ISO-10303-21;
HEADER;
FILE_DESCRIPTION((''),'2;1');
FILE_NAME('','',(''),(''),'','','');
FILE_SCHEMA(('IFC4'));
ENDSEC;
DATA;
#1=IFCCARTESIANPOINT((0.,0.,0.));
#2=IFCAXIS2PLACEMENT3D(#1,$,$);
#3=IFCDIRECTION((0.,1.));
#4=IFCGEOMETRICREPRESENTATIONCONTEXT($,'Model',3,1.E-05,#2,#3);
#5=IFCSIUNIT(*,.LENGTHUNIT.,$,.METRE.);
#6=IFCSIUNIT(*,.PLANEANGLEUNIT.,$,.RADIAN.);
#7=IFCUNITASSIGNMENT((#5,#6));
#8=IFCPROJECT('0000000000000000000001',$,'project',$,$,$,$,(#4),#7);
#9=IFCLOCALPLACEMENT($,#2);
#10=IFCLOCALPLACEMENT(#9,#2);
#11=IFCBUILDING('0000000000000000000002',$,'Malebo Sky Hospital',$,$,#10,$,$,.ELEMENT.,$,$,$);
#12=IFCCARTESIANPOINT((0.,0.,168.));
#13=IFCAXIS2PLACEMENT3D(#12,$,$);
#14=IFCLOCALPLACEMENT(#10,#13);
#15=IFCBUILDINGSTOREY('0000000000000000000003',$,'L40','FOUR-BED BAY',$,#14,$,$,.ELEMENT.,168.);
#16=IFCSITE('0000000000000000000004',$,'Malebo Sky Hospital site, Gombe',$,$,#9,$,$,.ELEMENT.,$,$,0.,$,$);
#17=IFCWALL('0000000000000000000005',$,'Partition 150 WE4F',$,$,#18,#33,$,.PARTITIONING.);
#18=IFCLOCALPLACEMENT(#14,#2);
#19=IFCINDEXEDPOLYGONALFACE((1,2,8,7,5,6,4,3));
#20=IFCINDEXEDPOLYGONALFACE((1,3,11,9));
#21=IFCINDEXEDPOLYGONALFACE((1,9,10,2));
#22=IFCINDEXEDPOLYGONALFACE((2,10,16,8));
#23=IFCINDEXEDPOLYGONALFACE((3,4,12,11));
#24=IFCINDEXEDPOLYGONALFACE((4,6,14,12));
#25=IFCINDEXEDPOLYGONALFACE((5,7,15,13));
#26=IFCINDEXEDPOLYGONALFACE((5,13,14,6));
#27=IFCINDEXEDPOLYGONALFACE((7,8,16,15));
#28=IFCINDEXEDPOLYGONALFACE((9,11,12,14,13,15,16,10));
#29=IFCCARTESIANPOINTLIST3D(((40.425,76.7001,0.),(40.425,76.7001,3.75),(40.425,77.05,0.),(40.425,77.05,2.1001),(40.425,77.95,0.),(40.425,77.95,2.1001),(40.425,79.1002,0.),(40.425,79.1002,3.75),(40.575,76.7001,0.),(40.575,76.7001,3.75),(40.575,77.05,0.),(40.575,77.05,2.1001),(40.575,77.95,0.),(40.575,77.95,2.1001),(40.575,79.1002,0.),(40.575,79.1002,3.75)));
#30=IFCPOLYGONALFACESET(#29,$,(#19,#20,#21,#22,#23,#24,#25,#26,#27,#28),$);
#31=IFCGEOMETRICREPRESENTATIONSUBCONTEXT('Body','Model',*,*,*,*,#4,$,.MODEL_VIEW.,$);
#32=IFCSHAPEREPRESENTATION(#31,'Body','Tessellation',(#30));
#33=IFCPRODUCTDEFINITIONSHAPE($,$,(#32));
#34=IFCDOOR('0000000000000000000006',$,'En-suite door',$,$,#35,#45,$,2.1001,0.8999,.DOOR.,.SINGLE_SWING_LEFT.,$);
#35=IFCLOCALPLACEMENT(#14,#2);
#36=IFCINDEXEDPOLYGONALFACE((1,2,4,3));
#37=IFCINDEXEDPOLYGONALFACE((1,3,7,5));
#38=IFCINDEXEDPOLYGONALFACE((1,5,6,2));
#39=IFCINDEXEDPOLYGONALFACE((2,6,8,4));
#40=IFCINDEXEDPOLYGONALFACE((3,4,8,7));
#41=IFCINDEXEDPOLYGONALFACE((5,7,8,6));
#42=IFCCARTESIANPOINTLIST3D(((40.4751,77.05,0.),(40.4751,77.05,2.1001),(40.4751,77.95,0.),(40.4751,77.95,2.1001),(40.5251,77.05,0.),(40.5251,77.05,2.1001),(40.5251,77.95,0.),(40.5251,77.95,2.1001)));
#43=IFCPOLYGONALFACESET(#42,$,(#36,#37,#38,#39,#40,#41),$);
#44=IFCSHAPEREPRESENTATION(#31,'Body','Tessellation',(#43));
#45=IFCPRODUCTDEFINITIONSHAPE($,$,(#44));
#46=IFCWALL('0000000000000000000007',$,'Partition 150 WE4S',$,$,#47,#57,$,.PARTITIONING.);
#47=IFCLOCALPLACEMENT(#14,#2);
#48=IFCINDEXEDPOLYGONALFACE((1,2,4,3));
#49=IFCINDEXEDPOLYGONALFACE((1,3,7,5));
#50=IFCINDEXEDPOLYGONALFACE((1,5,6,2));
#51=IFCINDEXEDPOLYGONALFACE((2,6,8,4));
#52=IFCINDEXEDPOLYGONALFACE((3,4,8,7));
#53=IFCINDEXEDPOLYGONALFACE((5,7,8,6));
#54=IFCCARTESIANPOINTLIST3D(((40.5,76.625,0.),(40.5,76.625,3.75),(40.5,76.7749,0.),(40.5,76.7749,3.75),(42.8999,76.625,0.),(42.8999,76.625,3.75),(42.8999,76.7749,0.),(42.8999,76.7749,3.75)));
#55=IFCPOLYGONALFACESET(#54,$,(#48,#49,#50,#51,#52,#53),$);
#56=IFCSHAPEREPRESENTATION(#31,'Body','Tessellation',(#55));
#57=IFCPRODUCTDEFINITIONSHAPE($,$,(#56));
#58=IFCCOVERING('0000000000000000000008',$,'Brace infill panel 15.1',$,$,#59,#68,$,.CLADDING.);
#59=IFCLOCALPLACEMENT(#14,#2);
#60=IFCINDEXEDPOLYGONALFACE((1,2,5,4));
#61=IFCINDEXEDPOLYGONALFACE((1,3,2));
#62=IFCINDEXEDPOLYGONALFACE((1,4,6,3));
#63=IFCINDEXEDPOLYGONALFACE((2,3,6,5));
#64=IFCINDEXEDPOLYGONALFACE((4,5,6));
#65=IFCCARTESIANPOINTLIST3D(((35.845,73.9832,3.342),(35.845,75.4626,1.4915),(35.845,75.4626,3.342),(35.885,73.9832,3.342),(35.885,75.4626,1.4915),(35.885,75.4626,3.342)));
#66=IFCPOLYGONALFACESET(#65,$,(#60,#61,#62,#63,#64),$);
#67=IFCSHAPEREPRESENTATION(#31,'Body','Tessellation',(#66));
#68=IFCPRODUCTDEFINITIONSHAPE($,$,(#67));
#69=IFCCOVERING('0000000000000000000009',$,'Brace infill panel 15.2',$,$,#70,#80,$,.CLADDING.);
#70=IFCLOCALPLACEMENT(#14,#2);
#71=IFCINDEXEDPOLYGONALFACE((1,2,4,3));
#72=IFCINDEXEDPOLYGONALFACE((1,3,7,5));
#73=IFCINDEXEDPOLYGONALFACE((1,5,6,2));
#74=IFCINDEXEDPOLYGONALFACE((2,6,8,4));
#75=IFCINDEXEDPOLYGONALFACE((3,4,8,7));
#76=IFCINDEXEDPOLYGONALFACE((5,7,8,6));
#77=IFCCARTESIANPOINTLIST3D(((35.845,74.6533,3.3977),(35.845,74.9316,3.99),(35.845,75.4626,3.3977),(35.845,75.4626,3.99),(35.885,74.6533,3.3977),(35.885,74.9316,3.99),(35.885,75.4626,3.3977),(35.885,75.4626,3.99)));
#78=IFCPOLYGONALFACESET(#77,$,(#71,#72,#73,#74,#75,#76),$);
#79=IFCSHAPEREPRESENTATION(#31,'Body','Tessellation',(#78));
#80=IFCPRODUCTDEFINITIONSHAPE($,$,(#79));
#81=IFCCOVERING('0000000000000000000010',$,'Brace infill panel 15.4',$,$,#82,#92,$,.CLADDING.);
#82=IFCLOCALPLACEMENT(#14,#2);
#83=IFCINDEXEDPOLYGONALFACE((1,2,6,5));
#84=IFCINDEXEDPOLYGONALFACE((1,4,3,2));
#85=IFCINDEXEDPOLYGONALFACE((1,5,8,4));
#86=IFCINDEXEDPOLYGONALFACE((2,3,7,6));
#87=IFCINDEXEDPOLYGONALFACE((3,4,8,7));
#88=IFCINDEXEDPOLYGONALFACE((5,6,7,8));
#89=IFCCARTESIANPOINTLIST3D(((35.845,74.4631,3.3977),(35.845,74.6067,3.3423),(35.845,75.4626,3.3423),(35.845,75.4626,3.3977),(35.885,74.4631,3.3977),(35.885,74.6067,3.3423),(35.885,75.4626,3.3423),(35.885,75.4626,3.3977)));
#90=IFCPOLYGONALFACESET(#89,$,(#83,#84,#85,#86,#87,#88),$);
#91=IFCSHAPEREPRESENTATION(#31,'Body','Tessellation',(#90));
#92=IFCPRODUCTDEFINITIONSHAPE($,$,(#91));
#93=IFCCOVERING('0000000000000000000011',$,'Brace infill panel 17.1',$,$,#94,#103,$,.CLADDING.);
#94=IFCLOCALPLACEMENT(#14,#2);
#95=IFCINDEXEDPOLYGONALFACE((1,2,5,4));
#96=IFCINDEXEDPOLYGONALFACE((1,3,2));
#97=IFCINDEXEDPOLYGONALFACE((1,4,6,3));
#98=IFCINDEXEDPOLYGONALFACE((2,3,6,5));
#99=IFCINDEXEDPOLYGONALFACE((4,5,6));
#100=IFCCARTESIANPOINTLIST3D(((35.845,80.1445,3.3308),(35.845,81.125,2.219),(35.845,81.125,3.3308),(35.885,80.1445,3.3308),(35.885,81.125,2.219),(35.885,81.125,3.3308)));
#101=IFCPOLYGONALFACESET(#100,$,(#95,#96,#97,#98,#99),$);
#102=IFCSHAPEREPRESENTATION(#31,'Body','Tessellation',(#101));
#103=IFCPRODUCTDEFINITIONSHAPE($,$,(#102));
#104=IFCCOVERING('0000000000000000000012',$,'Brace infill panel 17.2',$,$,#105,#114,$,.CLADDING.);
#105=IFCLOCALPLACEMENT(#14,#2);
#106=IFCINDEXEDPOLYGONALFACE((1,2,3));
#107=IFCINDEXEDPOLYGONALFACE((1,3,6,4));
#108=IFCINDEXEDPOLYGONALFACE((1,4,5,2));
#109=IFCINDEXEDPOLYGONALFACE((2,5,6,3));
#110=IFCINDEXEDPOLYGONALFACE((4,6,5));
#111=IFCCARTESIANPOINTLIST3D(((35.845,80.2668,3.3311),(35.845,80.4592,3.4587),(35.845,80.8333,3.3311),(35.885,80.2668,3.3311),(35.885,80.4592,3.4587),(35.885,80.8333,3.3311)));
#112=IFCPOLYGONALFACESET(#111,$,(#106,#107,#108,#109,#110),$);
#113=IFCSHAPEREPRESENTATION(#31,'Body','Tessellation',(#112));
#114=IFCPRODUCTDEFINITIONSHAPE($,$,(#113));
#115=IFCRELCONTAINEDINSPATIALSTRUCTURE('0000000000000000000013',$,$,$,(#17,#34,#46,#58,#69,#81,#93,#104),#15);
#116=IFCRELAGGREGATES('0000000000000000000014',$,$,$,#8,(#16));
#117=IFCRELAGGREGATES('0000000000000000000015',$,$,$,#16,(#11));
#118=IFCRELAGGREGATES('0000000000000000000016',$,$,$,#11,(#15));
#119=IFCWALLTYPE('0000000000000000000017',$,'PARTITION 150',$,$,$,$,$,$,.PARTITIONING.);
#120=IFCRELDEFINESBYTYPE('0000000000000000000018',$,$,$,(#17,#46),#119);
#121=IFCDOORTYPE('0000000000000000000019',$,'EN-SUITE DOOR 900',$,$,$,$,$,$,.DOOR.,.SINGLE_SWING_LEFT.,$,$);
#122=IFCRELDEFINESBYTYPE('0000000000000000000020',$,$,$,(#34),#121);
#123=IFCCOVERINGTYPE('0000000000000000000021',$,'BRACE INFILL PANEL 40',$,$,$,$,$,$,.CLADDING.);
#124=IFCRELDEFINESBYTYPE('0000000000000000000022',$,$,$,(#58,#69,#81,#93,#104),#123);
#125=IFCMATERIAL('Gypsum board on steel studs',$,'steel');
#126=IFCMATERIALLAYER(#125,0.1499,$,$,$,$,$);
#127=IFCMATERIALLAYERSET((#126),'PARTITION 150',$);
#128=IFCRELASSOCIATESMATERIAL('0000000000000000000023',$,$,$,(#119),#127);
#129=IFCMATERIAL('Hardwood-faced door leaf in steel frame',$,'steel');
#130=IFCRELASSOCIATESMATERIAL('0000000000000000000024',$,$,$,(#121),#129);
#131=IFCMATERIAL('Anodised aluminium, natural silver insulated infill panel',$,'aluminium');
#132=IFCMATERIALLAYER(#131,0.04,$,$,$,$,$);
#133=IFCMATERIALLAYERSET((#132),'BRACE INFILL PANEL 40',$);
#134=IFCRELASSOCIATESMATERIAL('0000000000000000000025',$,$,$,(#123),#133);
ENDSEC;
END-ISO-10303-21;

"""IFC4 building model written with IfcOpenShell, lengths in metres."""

from ifc_helpers import new_model, si_unit, direction, frame, frame_2d, origin, place, context, subcontext, project, spatial, polyline, rectangle, outline, extrude, material, layer, layer_set, type_object, element, fill, save


model = new_model("IFC4")

# Units and contexts
model_context = context("Model", 3, precision=1e-05, world=origin(), true_north=direction((0.0, 1.0)))
body_context = subcontext(model_context, "Body", "Model", "MODEL_VIEW")
ifc_project = project(units=[si_unit("LENGTHUNIT", "METRE"), si_unit("PLANEANGLEUNIT", "RADIAN")], contexts=[model_context])

# Site, building, storey
site_placement = place(None, origin())
site = spatial("IfcSite", under=ifc_project, at=site_placement, Name="Malebo Sky Hospital site, Gombe", CompositionType="ELEMENT", RefElevation=0.0)
building_placement = place(site_placement, origin())
building = spatial("IfcBuilding", under=site, at=building_placement, Name="Malebo Sky Hospital", CompositionType="ELEMENT")
storey_placement = place(building_placement, frame((0.0, 0.0, 168.0)))
storey = spatial("IfcBuildingStorey", under=building, at=storey_placement, Name="L40", Description="FOUR-BED BAY", CompositionType="ELEMENT", Elevation=168.0)

# Shared definitions
ifc_material_1 = material(Name="Gypsum board on steel studs", Category="steel")
ifc_material_2 = material(Name="Hardwood-faced door leaf in steel frame", Category="steel")

# Wall, opening, door
ifc_layer_1 = layer(ifc_material_1, 0.1499)
ifc_layer_set_1 = layer_set([ifc_layer_1], Name="PARTITION 150")
wall_type_1 = type_object("IfcWallType", Name="PARTITION 150", PredefinedType="PARTITIONING", material=ifc_layer_set_1)
wall_1_placement = place(storey_placement, frame((40.5, 76.7, 0.0), z_axis=(0.0, 0.0, 1.0), x_axis=(0.0, 1.0, 0.0)))
wall_1 = element("IfcWall", 1, at=wall_1_placement, inside=storey, type_object=wall_type_1, Name="Partition 150 WE4F", PredefinedType="PARTITIONING", context=body_context, shape_type="SweptSolid", body=[
    extrude(rectangle(XDim=2.4001, YDim=0.1499, at=frame_2d((1.2002, 0.0))), origin(), (0.0, 0.0, 1.0), 3.75),
])
opening_1_placement = place(wall_1_placement, frame((0.3501, 0.0, 0.0)))
opening_1 = element("IfcOpeningElement", 2, at=opening_1_placement, cuts=wall_1, PredefinedType="OPENING", context=body_context, shape_type="SweptSolid", body=[
    extrude(rectangle(XDim=0.8999, YDim=2.1001, at=frame_2d((0.45, 1.05))), frame((0.0, 0.085, 0.0), z_axis=(0.0, -1.0, 0.0), x_axis=(1.0, 0.0, 0.0)), (0.0, 0.0, 1.0), 0.1699),
])
door_type_1 = type_object("IfcDoorType", Name="EN-SUITE DOOR 900", OperationType="SINGLE_SWING_LEFT", PredefinedType="DOOR", material=ifc_material_2)
door_1_placement = place(opening_1_placement, origin())
door_1 = element("IfcDoor", 3, at=door_1_placement, inside=storey, type_object=door_type_1, Name="En-suite door", OperationType="SINGLE_SWING_LEFT", OverallHeight=2.1001, OverallWidth=0.8999, PredefinedType="DOOR", context=body_context, shape_type="SweptSolid", body=[
    extrude(rectangle(XDim=0.8999, YDim=2.1001, at=frame_2d((0.45, 1.05))), frame((0.0, 0.0249, 0.0), z_axis=(0.0, -1.0, 0.0), x_axis=(1.0, 0.0, 0.0)), (0.0, 0.0, 1.0), 0.05),
])
fill(opening_1, door_1)

# Wall
wall_2_placement = place(storey_placement, frame((42.8999, 76.7, 0.0), z_axis=(0.0, 0.0, 1.0), x_axis=(-1.0, 0.0, 0.0)))
element("IfcWall", 4, at=wall_2_placement, inside=storey, type_object=wall_type_1, Name="Partition 150 WE4S", PredefinedType="PARTITIONING", context=body_context, shape_type="SweptSolid", body=[
    extrude(rectangle(XDim=2.3999, YDim=0.1499, at=frame_2d((1.2, 0.0))), origin(), (0.0, 0.0, 1.0), 3.75),
])

# Coverings
ifc_material_3 = material(Name="Anodised aluminium, natural silver insulated infill panel", Category="aluminium")
ifc_layer_2 = layer(ifc_material_3, 0.04)
ifc_layer_set_2 = layer_set([ifc_layer_2], Name="BRACE INFILL PANEL 40")
covering_type = type_object("IfcCoveringType", Name="BRACE INFILL PANEL 40", PredefinedType="CLADDING", material=ifc_layer_set_2)
covering_1_placement = place(storey_placement, frame((35.865, 74.7229, 1.4915), z_axis=(0.0, 0.0, 1.0), x_axis=(0.0, 1.0, 0.0)))
element("IfcCovering", 5, at=covering_1_placement, inside=storey, type_object=covering_type, Name="Brace infill panel 15.1", PredefinedType="CLADDING", context=body_context, shape_type="SweptSolid", body=[
    extrude(outline(polyline([(0.7397, 0.0), (0.7397, 1.8506), (-0.7397, 1.8506), (0.7397, 0.0)])), frame((0.0, 0.02, 0.0), z_axis=(0.0, -1.0, 0.0), x_axis=(1.0, 0.0, 0.0)), (0.0, 0.0, 1.0), 0.04),
])
covering_2_placement = place(storey_placement, frame((35.865, 75.0579, 3.3977), z_axis=(0.0, 0.0, 1.0), x_axis=(0.0, 1.0, 0.0)))
element("IfcCovering", 6, at=covering_2_placement, inside=storey, type_object=covering_type, Name="Brace infill panel 15.2", PredefinedType="CLADDING", context=body_context, shape_type="SweptSolid", body=[
    extrude(outline(polyline([(-0.4045, 0.0), (0.4048, 0.0), (0.4048, 0.5923), (-0.1262, 0.5923), (-0.4045, 0.0)])), frame((0.0, 0.02, 0.0), z_axis=(0.0, -1.0, 0.0), x_axis=(1.0, 0.0, 0.0)), (0.0, 0.0, 1.0), 0.04),
])
covering_3_placement = place(storey_placement, frame((35.865, 74.9629, 3.3423), z_axis=(0.0, 0.0, 1.0), x_axis=(0.0, 1.0, 0.0)))
element("IfcCovering", 7, at=covering_3_placement, inside=storey, type_object=covering_type, Name="Brace infill panel 15.4", PredefinedType="CLADDING", context=body_context, shape_type="SweptSolid", body=[
    extrude(outline(polyline([(-0.3562, 0.0), (0.4998, 0.0), (0.4998, 0.0554), (-0.4998, 0.0554), (-0.3562, 0.0)])), frame((0.0, 0.02, 0.0), z_axis=(0.0, -1.0, 0.0), x_axis=(1.0, 0.0, 0.0)), (0.0, 0.0, 1.0), 0.04),
])
covering_4_placement = place(storey_placement, frame((35.865, 80.6348, 2.219), z_axis=(0.0, 0.0, 1.0), x_axis=(0.0, 1.0, 0.0)))
element("IfcCovering", 8, at=covering_4_placement, inside=storey, type_object=covering_type, Name="Brace infill panel 17.1", PredefinedType="CLADDING", context=body_context, shape_type="SweptSolid", body=[
    extrude(outline(polyline([(0.4902, 0.0), (0.4902, 1.1118), (-0.4902, 1.1118), (0.4902, 0.0)])), frame((0.0, 0.02, 0.0), z_axis=(0.0, -1.0, 0.0), x_axis=(1.0, 0.0, 0.0)), (0.0, 0.0, 1.0), 0.04),
])
covering_5_placement = place(storey_placement, frame((35.865, 80.55, 3.3311), z_axis=(0.0, 0.0, 1.0), x_axis=(0.0, 1.0, 0.0)))
element("IfcCovering", 9, at=covering_5_placement, inside=storey, type_object=covering_type, Name="Brace infill panel 17.2", PredefinedType="CLADDING", context=body_context, shape_type="SweptSolid", body=[
    extrude(outline(polyline([(-0.2832, 0.0), (0.2832, 0.0), (-0.0908, 0.1277), (-0.2832, 0.0)])), frame((0.0, 0.02, 0.0), z_axis=(0.0, -1.0, 0.0), x_axis=(1.0, 0.0, 0.0)), (0.0, 0.0, 1.0), 0.04),
])

save(model, "model.ifc")
